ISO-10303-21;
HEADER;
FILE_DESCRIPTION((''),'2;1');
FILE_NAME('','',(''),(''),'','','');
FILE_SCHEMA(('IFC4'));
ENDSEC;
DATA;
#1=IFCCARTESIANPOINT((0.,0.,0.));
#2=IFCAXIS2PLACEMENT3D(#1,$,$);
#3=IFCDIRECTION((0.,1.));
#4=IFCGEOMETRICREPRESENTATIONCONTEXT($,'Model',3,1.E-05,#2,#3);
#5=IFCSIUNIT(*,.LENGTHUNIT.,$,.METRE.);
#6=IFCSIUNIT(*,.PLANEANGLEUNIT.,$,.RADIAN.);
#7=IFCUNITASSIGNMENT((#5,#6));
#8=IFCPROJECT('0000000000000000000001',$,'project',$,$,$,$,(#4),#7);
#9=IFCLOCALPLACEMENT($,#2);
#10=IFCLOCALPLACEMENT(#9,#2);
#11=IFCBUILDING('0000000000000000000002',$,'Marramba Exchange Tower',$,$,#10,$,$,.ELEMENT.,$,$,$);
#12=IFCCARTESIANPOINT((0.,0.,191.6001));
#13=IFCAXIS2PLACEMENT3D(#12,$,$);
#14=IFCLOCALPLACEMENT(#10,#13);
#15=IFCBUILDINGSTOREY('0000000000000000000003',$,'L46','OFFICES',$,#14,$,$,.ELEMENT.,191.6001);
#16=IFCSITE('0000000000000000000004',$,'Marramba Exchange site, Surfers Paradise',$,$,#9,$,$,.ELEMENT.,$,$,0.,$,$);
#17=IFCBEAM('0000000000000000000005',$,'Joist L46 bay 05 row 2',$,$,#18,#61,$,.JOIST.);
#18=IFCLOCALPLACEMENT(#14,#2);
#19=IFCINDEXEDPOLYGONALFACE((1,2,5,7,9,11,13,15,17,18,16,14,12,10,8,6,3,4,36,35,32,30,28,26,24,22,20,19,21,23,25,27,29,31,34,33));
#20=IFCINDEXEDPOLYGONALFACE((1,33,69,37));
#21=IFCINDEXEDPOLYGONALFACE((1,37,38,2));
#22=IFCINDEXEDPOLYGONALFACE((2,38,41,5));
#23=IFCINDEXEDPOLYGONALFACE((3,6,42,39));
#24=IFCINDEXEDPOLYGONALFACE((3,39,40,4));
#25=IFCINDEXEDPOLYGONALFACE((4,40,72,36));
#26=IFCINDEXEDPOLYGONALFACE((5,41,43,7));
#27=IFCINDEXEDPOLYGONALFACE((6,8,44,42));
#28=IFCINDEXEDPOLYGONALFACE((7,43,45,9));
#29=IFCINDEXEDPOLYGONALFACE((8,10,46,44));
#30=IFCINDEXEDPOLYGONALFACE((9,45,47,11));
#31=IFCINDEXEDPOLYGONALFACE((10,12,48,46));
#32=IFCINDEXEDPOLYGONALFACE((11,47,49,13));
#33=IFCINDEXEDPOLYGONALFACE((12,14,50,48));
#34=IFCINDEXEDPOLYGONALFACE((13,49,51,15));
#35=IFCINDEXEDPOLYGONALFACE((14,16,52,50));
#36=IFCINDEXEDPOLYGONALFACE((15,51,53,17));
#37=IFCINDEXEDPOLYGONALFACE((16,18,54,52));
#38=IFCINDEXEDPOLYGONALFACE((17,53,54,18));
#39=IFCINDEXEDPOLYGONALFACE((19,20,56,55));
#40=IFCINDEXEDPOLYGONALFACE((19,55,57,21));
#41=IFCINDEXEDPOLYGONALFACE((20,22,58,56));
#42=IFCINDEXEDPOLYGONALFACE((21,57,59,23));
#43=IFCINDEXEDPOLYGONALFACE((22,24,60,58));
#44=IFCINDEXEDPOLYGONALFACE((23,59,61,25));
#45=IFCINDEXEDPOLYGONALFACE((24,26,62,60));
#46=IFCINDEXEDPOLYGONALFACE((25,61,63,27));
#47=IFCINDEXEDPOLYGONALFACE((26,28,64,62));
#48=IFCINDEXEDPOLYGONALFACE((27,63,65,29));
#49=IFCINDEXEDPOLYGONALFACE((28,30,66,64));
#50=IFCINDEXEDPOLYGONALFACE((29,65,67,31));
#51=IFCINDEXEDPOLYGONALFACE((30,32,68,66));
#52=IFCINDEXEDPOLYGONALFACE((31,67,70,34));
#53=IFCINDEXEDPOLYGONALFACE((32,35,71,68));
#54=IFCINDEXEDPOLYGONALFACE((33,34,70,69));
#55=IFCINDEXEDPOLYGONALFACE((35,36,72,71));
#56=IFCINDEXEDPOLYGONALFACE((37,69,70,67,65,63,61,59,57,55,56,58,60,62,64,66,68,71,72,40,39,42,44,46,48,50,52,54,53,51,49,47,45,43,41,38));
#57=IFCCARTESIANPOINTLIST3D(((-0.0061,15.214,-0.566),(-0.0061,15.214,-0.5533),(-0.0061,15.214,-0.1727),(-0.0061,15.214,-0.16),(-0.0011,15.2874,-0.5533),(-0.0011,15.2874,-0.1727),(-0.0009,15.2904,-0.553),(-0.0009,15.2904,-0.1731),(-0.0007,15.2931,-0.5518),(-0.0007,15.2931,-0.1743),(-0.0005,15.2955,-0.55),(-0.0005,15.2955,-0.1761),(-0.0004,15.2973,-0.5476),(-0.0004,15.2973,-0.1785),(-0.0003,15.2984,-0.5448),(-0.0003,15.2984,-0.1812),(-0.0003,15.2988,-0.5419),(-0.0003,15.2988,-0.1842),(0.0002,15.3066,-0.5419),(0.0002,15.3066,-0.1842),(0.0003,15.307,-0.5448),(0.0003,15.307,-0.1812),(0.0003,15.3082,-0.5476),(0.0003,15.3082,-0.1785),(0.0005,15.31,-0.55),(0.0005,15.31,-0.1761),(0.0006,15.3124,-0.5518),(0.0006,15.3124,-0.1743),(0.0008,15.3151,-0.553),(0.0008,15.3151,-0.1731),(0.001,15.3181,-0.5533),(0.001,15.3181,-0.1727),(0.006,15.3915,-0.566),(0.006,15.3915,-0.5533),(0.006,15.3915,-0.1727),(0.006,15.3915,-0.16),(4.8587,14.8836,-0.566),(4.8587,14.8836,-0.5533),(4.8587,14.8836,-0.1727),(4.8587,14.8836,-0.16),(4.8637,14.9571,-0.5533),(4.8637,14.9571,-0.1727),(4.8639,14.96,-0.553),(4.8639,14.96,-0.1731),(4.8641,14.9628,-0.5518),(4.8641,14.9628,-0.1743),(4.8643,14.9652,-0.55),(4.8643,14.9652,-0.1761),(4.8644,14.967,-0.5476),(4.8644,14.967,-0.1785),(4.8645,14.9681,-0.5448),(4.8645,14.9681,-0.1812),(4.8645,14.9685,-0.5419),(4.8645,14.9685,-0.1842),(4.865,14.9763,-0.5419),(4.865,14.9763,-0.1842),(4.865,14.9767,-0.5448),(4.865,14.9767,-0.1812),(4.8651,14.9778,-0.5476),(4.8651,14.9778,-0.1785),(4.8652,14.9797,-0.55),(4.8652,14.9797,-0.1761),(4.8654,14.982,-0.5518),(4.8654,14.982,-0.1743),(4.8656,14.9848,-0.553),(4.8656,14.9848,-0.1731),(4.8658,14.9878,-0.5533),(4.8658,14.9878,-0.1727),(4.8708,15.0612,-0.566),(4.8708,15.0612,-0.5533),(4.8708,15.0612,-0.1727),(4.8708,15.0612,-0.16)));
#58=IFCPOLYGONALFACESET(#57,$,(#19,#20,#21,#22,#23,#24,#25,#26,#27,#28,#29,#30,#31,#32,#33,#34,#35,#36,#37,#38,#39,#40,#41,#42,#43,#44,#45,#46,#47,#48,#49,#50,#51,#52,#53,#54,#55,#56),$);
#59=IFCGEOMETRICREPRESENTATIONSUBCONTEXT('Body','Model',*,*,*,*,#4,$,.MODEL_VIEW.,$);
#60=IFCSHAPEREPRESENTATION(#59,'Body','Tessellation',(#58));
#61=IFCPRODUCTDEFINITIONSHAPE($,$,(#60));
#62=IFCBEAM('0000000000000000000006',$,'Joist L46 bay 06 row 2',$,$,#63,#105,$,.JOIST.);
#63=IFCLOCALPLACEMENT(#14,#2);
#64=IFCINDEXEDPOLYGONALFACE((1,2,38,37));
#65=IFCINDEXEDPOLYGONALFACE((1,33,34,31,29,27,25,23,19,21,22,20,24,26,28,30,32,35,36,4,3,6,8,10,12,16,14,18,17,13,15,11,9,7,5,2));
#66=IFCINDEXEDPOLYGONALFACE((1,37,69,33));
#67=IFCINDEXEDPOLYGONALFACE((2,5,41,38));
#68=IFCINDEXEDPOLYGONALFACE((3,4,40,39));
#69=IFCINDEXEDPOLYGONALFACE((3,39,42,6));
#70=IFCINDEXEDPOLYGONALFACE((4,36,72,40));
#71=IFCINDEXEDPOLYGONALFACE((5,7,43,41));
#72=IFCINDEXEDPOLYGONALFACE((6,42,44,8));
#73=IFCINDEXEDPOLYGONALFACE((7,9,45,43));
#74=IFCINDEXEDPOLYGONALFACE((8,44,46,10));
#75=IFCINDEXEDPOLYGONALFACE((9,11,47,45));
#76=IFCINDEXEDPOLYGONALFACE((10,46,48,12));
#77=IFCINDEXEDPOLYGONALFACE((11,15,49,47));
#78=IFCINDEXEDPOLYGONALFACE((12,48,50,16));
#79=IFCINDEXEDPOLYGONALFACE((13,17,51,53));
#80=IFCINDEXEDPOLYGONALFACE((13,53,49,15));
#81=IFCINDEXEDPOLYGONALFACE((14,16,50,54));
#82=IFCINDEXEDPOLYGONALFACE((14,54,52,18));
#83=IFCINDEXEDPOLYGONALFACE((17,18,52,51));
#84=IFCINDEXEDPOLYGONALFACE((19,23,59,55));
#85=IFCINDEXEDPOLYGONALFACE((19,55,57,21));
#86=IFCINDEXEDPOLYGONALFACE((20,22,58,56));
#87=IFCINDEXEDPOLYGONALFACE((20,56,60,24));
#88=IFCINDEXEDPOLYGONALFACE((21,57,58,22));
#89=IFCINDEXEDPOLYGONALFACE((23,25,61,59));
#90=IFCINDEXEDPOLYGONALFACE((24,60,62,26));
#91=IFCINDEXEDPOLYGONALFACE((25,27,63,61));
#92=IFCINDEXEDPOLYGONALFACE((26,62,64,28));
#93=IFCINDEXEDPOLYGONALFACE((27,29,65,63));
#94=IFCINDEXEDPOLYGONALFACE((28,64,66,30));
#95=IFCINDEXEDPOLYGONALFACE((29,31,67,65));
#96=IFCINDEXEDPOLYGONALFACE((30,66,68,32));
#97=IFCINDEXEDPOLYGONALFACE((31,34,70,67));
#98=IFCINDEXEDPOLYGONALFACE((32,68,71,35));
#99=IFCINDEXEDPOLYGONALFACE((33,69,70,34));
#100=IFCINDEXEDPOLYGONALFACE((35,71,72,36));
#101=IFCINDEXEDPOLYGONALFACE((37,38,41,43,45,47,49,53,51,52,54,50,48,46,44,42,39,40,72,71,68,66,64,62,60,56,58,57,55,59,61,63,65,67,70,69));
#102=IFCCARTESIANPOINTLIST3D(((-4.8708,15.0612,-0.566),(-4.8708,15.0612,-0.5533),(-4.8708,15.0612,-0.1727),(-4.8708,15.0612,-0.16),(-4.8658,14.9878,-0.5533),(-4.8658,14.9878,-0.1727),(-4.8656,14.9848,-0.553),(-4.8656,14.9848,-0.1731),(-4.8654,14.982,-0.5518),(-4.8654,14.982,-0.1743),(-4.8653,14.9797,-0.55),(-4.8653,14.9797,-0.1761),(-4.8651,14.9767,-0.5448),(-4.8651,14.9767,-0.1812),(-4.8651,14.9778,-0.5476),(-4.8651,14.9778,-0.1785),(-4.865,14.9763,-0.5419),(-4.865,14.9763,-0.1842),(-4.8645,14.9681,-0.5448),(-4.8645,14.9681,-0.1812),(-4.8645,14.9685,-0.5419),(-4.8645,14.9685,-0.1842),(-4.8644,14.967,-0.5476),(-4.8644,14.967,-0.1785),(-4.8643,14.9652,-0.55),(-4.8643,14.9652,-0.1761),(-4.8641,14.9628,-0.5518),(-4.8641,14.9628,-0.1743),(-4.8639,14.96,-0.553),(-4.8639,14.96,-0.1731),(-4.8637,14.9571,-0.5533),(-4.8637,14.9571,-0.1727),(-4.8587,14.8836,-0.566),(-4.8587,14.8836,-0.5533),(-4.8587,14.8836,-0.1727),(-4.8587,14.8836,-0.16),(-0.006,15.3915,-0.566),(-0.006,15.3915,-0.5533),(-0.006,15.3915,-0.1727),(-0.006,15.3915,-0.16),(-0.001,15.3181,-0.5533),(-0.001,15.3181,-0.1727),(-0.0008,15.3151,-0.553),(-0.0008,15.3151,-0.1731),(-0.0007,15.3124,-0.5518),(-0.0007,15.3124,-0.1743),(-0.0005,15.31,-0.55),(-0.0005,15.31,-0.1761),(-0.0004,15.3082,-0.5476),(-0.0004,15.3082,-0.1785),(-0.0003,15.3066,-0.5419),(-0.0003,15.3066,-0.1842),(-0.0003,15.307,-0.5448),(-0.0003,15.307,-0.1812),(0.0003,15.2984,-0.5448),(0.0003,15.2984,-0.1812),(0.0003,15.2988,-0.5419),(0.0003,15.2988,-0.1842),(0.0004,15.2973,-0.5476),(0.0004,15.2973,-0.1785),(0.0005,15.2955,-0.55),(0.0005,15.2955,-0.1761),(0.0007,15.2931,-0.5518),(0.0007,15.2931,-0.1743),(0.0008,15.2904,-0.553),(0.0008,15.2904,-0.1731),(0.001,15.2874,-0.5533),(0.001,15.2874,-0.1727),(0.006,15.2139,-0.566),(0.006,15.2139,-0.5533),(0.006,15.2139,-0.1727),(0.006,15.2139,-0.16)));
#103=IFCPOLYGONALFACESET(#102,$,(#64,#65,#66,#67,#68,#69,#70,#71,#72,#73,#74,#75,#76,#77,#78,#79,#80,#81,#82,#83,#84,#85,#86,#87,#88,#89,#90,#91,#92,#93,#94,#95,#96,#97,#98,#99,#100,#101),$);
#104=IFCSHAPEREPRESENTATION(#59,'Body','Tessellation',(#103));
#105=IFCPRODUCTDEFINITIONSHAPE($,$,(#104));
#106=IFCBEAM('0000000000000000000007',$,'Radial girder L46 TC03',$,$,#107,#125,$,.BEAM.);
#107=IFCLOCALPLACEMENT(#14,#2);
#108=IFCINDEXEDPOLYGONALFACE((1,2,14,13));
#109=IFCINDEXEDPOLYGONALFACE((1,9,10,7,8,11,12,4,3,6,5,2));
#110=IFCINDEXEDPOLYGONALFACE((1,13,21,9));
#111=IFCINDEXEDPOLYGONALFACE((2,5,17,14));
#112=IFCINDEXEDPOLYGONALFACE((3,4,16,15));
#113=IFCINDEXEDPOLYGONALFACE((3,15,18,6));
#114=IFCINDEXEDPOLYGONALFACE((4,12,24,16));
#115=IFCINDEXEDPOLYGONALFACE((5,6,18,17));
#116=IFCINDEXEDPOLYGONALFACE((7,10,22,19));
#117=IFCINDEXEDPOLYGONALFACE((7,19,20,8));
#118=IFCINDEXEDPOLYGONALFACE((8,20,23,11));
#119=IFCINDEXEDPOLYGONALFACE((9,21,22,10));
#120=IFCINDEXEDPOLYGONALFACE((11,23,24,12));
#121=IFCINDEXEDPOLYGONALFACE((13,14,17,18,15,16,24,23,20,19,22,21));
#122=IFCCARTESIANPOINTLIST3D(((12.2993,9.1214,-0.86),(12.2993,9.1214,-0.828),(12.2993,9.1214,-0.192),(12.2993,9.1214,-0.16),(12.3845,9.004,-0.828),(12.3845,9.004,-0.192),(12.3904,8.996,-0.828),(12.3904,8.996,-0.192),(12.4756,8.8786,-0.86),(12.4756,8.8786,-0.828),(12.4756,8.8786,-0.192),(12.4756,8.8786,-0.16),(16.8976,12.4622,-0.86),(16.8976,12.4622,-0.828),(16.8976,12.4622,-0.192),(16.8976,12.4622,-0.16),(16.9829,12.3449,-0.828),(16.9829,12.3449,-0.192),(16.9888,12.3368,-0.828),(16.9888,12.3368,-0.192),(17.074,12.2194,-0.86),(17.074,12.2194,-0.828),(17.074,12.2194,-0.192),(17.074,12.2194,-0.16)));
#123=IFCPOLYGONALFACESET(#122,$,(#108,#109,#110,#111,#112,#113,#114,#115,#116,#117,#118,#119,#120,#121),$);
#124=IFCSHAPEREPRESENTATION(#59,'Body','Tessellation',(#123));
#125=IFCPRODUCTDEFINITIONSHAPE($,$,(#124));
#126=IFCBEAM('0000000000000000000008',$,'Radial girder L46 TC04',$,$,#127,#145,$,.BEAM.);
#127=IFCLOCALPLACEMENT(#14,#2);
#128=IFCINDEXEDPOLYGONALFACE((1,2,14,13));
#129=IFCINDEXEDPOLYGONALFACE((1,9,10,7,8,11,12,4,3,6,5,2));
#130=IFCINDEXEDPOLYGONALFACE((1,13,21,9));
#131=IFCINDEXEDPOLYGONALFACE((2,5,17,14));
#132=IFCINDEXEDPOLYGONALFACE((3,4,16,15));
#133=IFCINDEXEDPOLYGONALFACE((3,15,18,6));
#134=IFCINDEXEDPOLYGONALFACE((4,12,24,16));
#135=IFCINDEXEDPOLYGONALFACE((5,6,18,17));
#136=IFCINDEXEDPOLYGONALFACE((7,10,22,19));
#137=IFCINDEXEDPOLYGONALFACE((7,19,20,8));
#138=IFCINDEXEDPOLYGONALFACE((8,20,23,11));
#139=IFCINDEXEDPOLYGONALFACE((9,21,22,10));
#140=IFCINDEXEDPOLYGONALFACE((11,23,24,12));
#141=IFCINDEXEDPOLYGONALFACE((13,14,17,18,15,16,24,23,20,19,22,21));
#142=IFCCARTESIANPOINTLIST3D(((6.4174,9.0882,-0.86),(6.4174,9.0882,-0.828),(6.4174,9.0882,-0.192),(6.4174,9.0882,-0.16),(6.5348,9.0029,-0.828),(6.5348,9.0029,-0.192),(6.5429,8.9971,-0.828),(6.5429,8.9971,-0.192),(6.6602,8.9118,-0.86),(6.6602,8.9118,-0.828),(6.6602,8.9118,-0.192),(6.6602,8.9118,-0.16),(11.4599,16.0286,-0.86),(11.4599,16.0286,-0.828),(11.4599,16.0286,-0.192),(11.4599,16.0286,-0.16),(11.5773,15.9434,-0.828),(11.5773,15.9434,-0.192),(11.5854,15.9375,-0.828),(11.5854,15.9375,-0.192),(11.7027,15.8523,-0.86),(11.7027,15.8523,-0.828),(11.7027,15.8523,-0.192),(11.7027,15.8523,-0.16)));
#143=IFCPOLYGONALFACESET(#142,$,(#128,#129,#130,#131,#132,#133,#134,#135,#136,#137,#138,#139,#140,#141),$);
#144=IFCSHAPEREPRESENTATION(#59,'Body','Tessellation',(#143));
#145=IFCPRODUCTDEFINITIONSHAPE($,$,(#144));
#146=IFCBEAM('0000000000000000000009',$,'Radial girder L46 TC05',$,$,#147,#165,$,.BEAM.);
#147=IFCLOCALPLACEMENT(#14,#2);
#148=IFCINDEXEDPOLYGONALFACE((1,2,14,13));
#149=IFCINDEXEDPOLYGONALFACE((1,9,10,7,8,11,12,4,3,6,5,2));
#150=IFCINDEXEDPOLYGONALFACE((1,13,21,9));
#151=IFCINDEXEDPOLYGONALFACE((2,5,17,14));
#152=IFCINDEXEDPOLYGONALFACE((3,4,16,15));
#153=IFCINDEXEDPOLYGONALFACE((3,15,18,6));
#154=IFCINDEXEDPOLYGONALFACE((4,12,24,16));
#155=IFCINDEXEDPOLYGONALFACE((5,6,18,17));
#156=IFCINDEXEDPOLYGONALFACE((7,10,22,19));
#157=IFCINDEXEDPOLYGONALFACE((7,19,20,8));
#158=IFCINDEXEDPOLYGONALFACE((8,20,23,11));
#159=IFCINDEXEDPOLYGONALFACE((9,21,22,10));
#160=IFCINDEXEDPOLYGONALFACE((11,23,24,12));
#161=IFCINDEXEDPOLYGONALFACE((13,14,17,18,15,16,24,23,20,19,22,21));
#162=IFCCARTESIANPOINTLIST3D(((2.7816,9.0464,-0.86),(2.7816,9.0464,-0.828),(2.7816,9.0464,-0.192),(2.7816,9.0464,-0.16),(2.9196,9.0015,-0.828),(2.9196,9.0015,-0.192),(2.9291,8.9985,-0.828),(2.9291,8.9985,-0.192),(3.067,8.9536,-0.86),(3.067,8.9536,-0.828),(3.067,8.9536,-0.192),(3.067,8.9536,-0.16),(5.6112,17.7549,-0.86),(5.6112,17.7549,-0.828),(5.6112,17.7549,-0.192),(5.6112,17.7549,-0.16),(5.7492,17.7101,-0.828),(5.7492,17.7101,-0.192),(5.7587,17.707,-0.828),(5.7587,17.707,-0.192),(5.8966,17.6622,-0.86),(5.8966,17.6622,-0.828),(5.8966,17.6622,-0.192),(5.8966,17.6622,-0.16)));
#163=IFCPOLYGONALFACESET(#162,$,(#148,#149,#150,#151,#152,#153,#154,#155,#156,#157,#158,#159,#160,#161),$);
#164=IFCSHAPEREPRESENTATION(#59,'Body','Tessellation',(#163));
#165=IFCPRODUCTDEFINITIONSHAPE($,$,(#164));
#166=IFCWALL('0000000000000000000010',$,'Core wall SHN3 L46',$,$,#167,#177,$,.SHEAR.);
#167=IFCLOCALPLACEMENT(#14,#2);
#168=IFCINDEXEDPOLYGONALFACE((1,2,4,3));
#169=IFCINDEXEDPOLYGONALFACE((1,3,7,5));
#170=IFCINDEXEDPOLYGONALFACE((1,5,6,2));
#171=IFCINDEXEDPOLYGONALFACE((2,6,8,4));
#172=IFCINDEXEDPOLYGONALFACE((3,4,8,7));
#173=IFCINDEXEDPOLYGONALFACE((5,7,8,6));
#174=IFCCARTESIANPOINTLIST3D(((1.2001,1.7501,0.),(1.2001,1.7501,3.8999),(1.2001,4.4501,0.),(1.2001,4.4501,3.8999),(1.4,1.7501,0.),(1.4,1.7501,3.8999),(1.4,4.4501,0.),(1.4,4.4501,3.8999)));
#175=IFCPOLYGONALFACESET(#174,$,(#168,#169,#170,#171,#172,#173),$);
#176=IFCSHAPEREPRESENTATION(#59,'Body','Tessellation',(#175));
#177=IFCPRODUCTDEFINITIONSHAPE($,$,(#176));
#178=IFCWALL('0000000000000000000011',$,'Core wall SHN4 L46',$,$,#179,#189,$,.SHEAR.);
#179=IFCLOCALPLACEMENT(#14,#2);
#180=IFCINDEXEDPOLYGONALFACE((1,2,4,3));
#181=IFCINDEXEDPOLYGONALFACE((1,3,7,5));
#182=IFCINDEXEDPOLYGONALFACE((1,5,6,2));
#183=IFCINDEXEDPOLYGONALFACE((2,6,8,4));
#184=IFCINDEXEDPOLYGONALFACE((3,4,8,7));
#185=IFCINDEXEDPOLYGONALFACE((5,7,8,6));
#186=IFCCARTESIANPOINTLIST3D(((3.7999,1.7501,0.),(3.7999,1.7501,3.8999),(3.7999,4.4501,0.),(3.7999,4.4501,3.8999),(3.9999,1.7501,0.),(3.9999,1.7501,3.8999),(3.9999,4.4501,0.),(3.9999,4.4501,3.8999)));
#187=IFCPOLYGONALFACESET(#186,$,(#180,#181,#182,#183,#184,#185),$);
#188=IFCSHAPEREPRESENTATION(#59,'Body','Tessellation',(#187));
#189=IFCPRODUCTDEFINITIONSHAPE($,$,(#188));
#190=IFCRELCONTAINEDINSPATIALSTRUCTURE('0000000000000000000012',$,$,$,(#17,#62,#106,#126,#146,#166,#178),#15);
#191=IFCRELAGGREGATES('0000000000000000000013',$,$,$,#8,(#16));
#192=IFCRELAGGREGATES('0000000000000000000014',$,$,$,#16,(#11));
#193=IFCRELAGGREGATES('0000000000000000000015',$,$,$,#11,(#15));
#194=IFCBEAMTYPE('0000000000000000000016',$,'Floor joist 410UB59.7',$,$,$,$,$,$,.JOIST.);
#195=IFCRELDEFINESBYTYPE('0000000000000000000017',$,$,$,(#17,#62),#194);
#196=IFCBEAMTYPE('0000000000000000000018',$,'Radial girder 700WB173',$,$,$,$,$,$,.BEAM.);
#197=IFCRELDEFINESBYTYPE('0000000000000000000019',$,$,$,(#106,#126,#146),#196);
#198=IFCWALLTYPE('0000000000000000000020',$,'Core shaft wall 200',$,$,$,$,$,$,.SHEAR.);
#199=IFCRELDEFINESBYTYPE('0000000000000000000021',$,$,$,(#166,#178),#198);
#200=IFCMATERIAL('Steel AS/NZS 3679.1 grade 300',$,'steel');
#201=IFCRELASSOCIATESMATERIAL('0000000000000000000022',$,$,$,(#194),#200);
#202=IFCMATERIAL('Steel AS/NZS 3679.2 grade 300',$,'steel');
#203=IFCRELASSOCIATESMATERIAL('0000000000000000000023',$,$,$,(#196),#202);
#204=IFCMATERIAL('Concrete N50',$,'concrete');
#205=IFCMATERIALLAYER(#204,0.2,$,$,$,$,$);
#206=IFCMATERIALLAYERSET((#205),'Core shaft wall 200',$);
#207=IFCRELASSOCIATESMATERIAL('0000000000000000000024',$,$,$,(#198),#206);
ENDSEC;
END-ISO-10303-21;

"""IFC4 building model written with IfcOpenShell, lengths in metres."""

from ifc_helpers import new_model, si_unit, direction, frame, frame_2d, origin, origin_2d, place, context, subcontext, project, spatial, rectangle, i_section, extrude, material, layer, layer_set, material_profile, profile_set, type_object, element, save


model = new_model("IFC4")

# Units and contexts
model_context = context("Model", 3, precision=1e-05, world=origin(), true_north=direction((0.0, 1.0)))
body_context = subcontext(model_context, "Body", "Model", "MODEL_VIEW")
ifc_project = project(units=[si_unit("LENGTHUNIT", "METRE"), si_unit("PLANEANGLEUNIT", "RADIAN")], contexts=[model_context])

# Site, building, storey
site_placement = place(None, origin())
site = spatial("IfcSite", under=ifc_project, at=site_placement, Name="Marramba Exchange site, Surfers Paradise", CompositionType="ELEMENT", RefElevation=0.0)
building_placement = place(site_placement, origin())
building = spatial("IfcBuilding", under=site, at=building_placement, Name="Marramba Exchange Tower", CompositionType="ELEMENT")
storey_placement = place(building_placement, frame((0.0, 0.0, 191.6001)))
storey = spatial("IfcBuildingStorey", under=building, at=storey_placement, Name="L46", Description="OFFICES", CompositionType="ELEMENT", Elevation=191.6001)

# Beams
ifc_material_1 = material(Name="Steel AS/NZS 3679.1 grade 300", Category="steel")
ifc_material_profile_1 = material_profile(ifc_material_1, i_section(OverallWidth=0.178, OverallDepth=0.406, WebThickness=0.0078, FlangeThickness=0.0127, FilletRadius=0.0115, at=origin_2d()), Name="410UB59.7")
ifc_profile_set_1 = profile_set([ifc_material_profile_1], Name="Steel AS/NZS 3679.1 grade 300")
beam_type_1 = type_object("IfcBeamType", Name="Floor joist 410UB59.7", PredefinedType="JOIST", material=ifc_profile_set_1)
for number, where, z_axis, x_axis, name in (
    (1, (4.8647, 14.9724, -0.363), (-0.997703, 0.067745, 0.0), (-0.067745, -0.997703, 0.0), "Joist L46 bay 05 row 2"),
    (2, (0.0, 15.3027, -0.363), (-0.997703, -0.067745, 0.0), (0.067745, -0.997703, 0.0), "Joist L46 bay 06 row 2"),
):
    element("IfcBeam", number, at=place(storey_placement, frame(where, z_axis=z_axis, x_axis=x_axis)), inside=storey, type_object=beam_type_1, Name=name, PredefinedType="JOIST", context=body_context, shape_type="SweptSolid", body=[
        extrude(i_section(OverallWidth=0.178, OverallDepth=0.406, WebThickness=0.0078, FlangeThickness=0.0127, FilletRadius=0.0115, at=origin_2d()), origin(), (0.0, 0.0, 1.0), 4.876),
    ])
ifc_material_2 = material(Name="Steel AS/NZS 3679.2 grade 300", Category="steel")
ifc_material_profile_2 = material_profile(ifc_material_2, i_section(OverallWidth=0.3, OverallDepth=0.7, WebThickness=0.01, FlangeThickness=0.032, at=origin_2d()), Name="700WB173")
ifc_profile_set_2 = profile_set([ifc_material_profile_2], Name="Steel AS/NZS 3679.2 grade 300")
beam_type_2 = type_object("IfcBeamType", Name="Radial girder 700WB173", PredefinedType="BEAM", material=ifc_profile_set_2)
beam_1_placement = place(storey_placement, frame((12.3875, 9.0, -0.51), z_axis=(0.809026, 0.587773, 0.0), x_axis=(-0.587773, 0.809026, 0.0)))
element("IfcBeam", 3, at=beam_1_placement, inside=storey, type_object=beam_type_2, Name="Radial girder L46 TC03", PredefinedType="BEAM", context=body_context, shape_type="SweptSolid", body=[
    extrude(i_section(OverallWidth=0.3, OverallDepth=0.7, WebThickness=0.01, FlangeThickness=0.032, at=origin_2d()), origin(), (0.0, 0.0, 1.0), 5.6838),
])
beam_2_placement = place(storey_placement, frame((6.5388, 9.0, -0.51), z_axis=(0.587782, 0.809019, 0.0), x_axis=(-0.809019, 0.587782, 0.0)))
element("IfcBeam", 4, at=beam_2_placement, inside=storey, type_object=beam_type_2, Name="Radial girder L46 TC04", PredefinedType="BEAM", context=body_context, shape_type="SweptSolid", body=[
    extrude(i_section(OverallWidth=0.3, OverallDepth=0.7, WebThickness=0.01, FlangeThickness=0.032, at=origin_2d()), origin(), (0.0, 0.0, 1.0), 8.5789),
])
beam_3_placement = place(storey_placement, frame((2.9243, 9.0, -0.51), z_axis=(0.30902, 0.951056, 0.0), x_axis=(-0.951056, 0.30902, 0.0)))
element("IfcBeam", 5, at=beam_3_placement, inside=storey, type_object=beam_type_2, Name="Radial girder L46 TC05", PredefinedType="BEAM", context=body_context, shape_type="SweptSolid", body=[
    extrude(i_section(OverallWidth=0.3, OverallDepth=0.7, WebThickness=0.01, FlangeThickness=0.032, at=origin_2d()), origin(), (0.0, 0.0, 1.0), 9.1567),
])

# Walls
ifc_material_3 = material(Name="Concrete N50", Category="concrete")
ifc_layer_1 = layer(ifc_material_3, 0.2)
ifc_layer_set_1 = layer_set([ifc_layer_1], Name="Core shaft wall 200")
wall_type_1 = type_object("IfcWallType", Name="Core shaft wall 200", PredefinedType="SHEAR", material=ifc_layer_set_1)
for number, where, z_axis, x_axis, name in (
    (6, (1.3, 1.75, 0.0), (0.0, 0.0, 1.0), (0.0, 1.0, 0.0), "Core wall SHN3 L46"),
    (7, (3.8999, 1.75, 0.0), (0.0, 0.0, 1.0), (0.0, 1.0, 0.0), "Core wall SHN4 L46"),
):
    element("IfcWall", number, at=place(storey_placement, frame(where, z_axis=z_axis, x_axis=x_axis)), inside=storey, type_object=wall_type_1, Name=name, PredefinedType="SHEAR", context=body_context, shape_type="SweptSolid", body=[
        extrude(rectangle(XDim=2.7, YDim=0.2, at=frame_2d((1.3501, 0.0))), origin(), (0.0, 0.0, 1.0), 3.8999),
    ])

save(model, "model.ifc")
